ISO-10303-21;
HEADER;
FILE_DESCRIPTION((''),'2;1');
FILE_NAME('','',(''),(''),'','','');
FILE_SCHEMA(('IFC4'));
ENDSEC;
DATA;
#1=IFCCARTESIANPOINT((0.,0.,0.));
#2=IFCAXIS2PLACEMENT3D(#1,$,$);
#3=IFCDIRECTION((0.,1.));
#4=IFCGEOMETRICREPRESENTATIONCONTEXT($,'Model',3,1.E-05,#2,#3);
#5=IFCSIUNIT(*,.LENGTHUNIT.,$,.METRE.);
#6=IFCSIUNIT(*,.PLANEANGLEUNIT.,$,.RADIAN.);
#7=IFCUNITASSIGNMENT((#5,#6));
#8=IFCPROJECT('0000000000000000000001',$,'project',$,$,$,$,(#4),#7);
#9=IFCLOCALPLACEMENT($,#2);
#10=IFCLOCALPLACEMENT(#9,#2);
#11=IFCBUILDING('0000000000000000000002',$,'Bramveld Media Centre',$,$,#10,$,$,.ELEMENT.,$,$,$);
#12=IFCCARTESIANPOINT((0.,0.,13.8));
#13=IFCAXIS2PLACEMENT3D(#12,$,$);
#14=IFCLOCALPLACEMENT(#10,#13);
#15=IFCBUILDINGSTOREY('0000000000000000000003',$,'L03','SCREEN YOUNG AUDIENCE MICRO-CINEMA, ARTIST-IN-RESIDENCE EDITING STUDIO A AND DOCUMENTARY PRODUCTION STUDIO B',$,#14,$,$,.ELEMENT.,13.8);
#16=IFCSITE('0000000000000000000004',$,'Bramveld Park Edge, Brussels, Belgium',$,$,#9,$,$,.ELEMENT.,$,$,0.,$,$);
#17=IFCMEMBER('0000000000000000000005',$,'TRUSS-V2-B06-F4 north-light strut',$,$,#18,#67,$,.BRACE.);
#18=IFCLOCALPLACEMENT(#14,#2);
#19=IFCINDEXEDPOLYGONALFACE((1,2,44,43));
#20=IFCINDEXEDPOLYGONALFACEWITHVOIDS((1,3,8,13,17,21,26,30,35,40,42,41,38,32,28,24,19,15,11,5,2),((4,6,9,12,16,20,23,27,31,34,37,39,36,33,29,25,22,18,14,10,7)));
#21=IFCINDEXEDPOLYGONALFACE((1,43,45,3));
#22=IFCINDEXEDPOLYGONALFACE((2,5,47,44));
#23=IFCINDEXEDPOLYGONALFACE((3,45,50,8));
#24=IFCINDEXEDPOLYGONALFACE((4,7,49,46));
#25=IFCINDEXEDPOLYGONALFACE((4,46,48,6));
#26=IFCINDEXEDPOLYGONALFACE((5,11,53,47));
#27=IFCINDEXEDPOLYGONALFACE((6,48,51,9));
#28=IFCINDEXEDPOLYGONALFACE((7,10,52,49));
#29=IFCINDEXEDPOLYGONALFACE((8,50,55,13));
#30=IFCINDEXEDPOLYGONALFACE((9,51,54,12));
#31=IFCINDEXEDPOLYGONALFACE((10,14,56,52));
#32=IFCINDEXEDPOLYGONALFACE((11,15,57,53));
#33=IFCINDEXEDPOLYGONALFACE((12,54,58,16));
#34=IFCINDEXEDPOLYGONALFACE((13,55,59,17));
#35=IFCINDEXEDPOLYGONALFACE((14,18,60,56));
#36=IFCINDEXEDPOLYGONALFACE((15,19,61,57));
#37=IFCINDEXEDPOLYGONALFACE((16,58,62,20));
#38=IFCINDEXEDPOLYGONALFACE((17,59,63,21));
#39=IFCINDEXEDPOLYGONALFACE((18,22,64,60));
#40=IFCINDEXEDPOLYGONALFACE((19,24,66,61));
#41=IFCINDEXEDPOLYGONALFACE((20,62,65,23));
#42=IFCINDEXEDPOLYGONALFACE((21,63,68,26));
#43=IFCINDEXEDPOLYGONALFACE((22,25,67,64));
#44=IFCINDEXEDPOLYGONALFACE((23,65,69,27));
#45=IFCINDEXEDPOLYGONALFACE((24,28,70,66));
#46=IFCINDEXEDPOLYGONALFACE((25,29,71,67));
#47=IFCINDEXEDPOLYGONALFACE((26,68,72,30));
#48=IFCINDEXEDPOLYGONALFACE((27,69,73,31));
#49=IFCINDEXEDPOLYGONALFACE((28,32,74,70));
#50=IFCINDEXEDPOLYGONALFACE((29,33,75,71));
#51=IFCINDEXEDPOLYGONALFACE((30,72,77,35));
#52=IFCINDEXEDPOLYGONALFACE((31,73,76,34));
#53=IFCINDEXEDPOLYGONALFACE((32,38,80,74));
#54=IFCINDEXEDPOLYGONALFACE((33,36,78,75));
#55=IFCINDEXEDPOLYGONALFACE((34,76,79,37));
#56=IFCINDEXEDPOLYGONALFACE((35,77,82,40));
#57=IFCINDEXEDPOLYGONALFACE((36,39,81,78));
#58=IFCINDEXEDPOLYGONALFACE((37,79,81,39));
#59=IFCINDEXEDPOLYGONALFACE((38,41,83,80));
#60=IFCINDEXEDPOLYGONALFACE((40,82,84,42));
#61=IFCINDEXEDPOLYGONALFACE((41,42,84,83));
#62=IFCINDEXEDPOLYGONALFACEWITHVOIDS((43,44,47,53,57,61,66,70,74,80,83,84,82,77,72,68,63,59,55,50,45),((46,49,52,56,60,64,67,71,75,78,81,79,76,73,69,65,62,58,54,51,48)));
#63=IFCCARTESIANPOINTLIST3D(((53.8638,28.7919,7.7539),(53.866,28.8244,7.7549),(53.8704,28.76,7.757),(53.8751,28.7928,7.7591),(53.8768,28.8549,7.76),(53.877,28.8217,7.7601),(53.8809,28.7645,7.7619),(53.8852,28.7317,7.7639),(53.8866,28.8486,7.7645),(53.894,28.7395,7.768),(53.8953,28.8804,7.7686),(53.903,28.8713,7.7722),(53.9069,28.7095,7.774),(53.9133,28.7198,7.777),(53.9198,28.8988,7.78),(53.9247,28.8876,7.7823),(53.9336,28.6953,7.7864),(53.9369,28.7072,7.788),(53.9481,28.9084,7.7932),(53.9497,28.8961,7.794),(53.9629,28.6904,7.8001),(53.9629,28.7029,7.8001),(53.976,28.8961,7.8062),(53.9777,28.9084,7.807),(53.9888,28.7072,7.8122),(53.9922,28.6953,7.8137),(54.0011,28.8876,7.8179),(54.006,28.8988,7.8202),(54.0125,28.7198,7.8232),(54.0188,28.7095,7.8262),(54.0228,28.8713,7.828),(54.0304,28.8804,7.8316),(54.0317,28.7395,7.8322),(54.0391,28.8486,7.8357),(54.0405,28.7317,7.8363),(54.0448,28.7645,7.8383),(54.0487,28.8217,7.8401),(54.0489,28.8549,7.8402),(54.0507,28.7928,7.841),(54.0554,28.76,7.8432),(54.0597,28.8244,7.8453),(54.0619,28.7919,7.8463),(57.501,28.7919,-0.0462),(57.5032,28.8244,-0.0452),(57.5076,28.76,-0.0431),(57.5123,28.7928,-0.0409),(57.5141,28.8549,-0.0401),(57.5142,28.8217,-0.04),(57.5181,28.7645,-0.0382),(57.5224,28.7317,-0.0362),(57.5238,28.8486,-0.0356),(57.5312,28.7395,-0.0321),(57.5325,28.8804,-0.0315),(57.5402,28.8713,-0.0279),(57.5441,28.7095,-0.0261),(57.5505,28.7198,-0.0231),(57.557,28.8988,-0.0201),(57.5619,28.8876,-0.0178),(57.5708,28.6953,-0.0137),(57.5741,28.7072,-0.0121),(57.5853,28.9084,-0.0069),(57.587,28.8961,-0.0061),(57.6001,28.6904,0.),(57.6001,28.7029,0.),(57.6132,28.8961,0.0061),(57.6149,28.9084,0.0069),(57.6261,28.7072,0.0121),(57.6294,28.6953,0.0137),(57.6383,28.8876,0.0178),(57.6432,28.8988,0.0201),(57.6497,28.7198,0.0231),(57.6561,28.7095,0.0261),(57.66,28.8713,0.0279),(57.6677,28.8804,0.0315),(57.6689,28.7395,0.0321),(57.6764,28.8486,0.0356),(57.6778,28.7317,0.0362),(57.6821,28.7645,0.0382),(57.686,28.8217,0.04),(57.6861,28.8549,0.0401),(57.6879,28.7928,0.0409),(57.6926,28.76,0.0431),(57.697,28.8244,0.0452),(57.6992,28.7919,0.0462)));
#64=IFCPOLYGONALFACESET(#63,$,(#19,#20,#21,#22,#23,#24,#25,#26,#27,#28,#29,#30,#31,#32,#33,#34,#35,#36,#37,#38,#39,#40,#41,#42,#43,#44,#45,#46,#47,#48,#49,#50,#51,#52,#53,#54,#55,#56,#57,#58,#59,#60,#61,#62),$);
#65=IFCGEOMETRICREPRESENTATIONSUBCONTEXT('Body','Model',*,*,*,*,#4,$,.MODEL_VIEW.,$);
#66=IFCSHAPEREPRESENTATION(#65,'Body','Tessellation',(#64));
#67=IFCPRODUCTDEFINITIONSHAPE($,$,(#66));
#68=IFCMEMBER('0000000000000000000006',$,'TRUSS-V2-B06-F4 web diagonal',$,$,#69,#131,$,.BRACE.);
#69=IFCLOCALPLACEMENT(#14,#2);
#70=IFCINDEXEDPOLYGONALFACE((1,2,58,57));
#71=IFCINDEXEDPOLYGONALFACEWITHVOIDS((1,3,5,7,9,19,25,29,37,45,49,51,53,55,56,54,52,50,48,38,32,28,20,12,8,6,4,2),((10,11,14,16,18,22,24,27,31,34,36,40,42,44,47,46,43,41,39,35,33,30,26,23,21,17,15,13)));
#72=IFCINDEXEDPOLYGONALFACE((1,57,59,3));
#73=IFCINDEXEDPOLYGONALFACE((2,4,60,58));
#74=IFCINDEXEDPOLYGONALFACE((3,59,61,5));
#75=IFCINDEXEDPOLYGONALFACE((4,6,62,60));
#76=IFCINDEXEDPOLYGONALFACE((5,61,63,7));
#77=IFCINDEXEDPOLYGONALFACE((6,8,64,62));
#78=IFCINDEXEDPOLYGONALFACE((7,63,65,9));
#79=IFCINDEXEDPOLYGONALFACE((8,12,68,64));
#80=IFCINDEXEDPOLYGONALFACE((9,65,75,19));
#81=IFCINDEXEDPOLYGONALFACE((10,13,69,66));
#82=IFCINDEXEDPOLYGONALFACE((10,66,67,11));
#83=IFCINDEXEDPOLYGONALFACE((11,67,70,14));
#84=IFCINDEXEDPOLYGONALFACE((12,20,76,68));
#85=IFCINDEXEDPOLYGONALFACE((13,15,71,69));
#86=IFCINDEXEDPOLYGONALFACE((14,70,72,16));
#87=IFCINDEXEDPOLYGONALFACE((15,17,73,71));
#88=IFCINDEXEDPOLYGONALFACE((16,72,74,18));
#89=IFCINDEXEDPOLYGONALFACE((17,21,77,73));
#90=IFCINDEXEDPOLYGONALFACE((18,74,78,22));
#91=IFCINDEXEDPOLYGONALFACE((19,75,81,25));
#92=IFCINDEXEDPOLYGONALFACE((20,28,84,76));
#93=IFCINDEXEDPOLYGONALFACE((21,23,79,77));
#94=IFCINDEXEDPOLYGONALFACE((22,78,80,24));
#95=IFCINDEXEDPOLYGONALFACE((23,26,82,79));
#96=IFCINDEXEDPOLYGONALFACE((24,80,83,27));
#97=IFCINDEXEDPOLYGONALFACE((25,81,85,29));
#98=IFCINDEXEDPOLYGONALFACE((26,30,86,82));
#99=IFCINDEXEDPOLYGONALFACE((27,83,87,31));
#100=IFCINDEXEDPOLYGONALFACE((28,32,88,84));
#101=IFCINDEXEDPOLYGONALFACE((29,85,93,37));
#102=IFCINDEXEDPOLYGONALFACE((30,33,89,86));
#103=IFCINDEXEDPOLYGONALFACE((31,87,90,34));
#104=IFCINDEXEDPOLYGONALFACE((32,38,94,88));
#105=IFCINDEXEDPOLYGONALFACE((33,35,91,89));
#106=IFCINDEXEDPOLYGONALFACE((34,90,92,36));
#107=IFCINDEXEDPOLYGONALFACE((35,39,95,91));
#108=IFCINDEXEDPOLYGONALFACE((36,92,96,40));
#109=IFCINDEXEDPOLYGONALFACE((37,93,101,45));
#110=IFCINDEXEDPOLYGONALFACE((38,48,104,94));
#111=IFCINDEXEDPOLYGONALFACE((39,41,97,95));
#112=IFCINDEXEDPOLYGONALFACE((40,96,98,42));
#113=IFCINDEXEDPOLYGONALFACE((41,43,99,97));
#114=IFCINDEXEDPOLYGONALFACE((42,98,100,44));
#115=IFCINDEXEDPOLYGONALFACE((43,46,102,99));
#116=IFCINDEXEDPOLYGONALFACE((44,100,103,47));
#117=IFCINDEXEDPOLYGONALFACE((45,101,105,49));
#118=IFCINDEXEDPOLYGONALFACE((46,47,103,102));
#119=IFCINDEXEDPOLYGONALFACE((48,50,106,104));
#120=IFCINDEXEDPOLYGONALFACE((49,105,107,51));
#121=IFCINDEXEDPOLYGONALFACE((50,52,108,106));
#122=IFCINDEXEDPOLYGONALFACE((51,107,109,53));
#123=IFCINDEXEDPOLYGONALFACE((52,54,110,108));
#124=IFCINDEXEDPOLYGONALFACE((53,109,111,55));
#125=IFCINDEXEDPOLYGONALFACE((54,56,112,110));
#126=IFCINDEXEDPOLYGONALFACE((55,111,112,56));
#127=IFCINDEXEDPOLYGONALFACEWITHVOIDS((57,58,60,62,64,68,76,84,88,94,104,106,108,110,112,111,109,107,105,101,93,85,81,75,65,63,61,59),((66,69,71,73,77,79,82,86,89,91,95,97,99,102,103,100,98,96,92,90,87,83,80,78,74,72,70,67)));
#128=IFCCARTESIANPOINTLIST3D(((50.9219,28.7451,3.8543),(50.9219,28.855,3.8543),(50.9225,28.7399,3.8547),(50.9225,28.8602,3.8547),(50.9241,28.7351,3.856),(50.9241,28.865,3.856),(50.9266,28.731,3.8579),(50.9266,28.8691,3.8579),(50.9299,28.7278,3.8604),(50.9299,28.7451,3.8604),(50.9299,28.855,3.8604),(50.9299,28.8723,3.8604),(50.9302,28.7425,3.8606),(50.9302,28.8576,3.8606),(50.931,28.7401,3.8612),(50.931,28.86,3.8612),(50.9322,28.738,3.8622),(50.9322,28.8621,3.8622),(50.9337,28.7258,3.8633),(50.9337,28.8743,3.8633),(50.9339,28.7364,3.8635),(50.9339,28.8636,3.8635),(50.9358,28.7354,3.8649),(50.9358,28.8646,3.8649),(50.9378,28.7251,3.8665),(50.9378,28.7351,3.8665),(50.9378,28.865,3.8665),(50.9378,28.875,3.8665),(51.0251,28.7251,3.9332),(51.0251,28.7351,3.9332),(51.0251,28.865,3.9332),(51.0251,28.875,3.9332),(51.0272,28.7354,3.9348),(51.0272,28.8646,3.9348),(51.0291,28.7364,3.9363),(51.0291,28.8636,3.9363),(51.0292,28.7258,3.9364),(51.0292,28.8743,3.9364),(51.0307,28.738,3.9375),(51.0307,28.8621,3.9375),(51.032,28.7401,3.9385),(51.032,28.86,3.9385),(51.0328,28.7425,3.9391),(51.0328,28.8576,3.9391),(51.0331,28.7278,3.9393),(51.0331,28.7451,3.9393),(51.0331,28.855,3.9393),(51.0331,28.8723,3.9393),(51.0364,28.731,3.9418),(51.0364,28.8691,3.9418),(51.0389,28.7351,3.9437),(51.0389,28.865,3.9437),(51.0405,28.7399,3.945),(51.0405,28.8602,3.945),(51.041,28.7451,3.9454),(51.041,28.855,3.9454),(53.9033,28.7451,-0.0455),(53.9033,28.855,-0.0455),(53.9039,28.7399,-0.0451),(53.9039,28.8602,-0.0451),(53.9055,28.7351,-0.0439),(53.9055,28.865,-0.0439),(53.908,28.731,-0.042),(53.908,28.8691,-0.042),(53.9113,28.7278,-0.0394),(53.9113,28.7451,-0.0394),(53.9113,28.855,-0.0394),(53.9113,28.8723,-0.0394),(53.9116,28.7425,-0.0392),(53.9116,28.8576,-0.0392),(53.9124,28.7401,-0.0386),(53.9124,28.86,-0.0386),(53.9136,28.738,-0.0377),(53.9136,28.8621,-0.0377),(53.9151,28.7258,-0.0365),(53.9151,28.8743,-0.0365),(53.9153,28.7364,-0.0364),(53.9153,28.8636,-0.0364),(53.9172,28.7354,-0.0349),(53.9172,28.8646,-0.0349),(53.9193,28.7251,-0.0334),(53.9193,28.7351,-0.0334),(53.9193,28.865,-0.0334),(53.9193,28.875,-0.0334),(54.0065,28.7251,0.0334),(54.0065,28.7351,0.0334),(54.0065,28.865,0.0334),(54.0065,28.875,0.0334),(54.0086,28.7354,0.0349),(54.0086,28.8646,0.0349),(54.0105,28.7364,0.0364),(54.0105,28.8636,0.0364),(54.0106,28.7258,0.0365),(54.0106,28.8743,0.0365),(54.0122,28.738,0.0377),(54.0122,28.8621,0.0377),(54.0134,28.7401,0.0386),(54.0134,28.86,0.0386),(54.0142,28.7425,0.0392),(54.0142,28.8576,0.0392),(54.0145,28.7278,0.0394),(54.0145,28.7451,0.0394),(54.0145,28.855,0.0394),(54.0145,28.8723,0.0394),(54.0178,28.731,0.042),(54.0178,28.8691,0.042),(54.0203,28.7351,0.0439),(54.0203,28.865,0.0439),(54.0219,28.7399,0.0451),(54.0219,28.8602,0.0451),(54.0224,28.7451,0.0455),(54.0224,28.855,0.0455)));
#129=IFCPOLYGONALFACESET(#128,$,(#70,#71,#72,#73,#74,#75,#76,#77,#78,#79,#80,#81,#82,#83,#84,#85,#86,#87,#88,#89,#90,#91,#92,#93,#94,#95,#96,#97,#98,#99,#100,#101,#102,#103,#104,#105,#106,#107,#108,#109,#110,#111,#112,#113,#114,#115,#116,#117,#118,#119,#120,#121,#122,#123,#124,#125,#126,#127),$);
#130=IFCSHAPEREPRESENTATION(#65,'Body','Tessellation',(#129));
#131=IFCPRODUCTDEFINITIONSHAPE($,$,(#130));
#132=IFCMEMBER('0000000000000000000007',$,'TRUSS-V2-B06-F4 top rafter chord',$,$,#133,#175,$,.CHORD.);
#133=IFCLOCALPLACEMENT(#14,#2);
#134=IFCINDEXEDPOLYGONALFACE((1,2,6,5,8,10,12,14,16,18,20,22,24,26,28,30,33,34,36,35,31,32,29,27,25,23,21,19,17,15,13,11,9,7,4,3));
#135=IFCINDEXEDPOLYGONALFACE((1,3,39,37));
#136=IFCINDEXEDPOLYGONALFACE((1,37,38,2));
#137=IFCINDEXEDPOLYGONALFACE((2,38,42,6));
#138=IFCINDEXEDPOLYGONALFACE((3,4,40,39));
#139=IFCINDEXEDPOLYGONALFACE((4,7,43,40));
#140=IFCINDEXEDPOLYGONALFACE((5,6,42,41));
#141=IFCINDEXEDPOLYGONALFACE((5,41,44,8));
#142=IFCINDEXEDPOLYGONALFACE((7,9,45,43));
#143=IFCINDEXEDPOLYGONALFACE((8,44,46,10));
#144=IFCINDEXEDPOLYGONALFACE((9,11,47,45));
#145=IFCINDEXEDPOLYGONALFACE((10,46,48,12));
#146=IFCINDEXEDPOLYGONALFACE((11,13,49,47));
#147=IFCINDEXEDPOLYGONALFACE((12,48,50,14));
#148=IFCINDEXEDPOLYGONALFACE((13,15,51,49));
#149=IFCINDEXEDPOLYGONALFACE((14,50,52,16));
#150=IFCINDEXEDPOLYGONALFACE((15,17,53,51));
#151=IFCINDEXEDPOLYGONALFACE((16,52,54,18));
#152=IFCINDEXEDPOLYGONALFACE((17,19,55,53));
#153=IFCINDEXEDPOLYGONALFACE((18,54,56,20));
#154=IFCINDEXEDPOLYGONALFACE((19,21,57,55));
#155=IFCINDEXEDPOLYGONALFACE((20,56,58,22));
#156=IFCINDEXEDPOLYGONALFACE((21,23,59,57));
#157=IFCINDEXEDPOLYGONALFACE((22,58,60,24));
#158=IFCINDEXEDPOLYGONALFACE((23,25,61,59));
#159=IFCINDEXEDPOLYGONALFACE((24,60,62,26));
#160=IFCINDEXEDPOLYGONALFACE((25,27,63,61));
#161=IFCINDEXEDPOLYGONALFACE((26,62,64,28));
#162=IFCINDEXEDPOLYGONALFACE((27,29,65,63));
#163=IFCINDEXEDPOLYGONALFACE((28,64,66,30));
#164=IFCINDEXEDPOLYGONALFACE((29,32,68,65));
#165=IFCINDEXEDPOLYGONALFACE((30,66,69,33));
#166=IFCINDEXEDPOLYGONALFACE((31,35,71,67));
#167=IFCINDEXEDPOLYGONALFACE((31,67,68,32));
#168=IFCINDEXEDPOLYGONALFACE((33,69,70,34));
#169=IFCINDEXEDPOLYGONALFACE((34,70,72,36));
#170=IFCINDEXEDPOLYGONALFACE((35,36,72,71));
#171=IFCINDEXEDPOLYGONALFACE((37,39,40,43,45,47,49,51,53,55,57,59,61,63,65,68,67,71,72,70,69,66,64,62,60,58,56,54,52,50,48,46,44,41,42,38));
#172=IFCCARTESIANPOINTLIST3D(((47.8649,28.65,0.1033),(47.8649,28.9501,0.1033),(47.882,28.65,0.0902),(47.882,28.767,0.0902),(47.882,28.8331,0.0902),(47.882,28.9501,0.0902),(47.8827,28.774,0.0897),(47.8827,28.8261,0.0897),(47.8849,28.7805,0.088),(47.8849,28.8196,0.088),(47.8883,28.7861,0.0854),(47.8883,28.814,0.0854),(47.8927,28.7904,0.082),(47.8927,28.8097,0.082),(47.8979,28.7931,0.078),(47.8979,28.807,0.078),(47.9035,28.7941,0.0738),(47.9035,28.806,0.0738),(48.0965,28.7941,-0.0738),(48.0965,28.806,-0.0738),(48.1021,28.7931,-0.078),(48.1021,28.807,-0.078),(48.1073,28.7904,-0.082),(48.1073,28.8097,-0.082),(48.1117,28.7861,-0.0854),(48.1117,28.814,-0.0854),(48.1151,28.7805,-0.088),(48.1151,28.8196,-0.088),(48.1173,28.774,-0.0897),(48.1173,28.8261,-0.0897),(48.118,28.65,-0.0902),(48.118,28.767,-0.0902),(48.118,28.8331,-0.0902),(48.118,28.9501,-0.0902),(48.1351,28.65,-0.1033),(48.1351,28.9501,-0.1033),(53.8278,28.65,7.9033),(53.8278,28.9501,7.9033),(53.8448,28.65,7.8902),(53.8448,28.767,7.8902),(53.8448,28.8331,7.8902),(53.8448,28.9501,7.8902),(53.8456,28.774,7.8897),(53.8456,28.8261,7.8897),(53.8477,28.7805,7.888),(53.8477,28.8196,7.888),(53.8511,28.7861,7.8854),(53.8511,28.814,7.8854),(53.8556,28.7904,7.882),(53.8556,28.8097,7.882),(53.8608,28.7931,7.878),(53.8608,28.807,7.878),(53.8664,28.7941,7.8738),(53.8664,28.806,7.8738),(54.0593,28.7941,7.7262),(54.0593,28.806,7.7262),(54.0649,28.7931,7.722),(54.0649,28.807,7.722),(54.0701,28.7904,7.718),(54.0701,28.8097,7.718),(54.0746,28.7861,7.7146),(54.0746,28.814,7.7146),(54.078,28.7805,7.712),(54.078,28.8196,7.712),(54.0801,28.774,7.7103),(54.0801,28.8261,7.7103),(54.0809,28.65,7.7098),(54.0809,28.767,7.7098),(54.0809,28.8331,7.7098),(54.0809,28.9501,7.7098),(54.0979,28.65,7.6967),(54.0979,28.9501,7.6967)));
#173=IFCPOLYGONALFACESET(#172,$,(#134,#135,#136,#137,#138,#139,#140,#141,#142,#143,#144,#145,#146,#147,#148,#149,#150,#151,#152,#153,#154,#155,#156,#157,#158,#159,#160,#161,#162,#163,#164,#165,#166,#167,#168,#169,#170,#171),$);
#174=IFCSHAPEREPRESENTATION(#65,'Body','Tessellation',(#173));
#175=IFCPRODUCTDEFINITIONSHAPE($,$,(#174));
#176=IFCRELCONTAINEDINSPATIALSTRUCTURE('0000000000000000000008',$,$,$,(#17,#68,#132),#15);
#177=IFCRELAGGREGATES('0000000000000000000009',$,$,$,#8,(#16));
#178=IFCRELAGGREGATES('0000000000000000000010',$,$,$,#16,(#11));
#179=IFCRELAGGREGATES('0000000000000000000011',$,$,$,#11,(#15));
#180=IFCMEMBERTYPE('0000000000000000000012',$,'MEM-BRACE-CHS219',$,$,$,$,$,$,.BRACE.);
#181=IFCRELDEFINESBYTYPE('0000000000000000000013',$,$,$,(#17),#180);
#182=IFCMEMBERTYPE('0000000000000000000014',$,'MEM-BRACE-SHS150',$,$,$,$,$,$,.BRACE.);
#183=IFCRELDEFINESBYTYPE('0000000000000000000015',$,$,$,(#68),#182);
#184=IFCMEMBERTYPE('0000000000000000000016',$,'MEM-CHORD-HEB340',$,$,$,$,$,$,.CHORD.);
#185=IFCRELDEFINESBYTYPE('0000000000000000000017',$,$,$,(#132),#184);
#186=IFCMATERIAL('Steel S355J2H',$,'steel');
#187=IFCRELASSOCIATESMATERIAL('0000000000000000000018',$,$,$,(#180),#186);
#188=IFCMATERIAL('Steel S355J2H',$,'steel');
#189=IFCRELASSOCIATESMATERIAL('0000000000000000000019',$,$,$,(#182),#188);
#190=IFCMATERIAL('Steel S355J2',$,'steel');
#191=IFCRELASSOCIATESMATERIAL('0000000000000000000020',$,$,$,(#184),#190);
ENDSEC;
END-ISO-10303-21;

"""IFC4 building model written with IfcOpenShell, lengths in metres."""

from ifc_helpers import new_model, si_unit, direction, frame, origin, origin_2d, place, context, subcontext, project, spatial, hollow_rectangle, hollow_circle, i_section, extrude, material, material_profile, profile_set, type_object, element, save


model = new_model("IFC4")

# Units and contexts
model_context = context("Model", 3, precision=1e-05, world=origin(), true_north=direction((0.0, 1.0)))
body_context = subcontext(model_context, "Body", "Model", "MODEL_VIEW")
ifc_project = project(units=[si_unit("LENGTHUNIT", "METRE"), si_unit("PLANEANGLEUNIT", "RADIAN")], contexts=[model_context])

# Site, building, storey
site_placement = place(None, origin())
site = spatial("IfcSite", under=ifc_project, at=site_placement, Name="Bramveld Park Edge, Brussels, Belgium", CompositionType="ELEMENT", RefElevation=0.0)
building_placement = place(site_placement, origin())
building = spatial("IfcBuilding", under=site, at=building_placement, Name="Bramveld Media Centre", CompositionType="ELEMENT")
storey_placement = place(building_placement, frame((0.0, 0.0, 13.8)))
storey = spatial("IfcBuildingStorey", under=building, at=storey_placement, Name="L03", Description="SCREEN YOUNG AUDIENCE MICRO-CINEMA, ARTIST-IN-RESIDENCE EDITING STUDIO A AND DOCUMENTARY PRODUCTION STUDIO B", CompositionType="ELEMENT", Elevation=13.8)

# Members
ifc_material_1 = material(Name="Steel S355J2H", Category="steel")
ifc_material_profile_1 = material_profile(ifc_material_1, hollow_circle(Radius=0.1096, WallThickness=0.0125, at=origin_2d()), Name="CHS 219.1x12.5")
ifc_profile_set_1 = profile_set([ifc_material_profile_1], Name="Steel S355J2H")
member_type_1 = type_object("IfcMemberType", Name="MEM-BRACE-CHS219", PredefinedType="BRACE", material=ifc_profile_set_1)
for number, where, z_axis, x_axis, name in (
    (1, (57.6001, 28.8, 0.0), (-0.422617, 0.0, 0.906308), (0.0, -1.0, 0.0), "TRUSS-V2-B06-F4 north-light strut"),
):
    element("IfcMember", number, at=place(storey_placement, frame(where, z_axis=z_axis, x_axis=x_axis)), inside=storey, type_object=member_type_1, Name=name, PredefinedType="BRACE", context=body_context, shape_type="SweptSolid", body=[
        extrude(hollow_circle(Radius=0.1096, WallThickness=0.0125, at=origin_2d()), origin(), (0.0, 0.0, 1.0), 8.6064),
    ])
ifc_material_2 = material(Name="Steel S355J2H", Category="steel")
ifc_material_profile_2 = material_profile(ifc_material_2, hollow_rectangle(XDim=0.1499, YDim=0.1499, WallThickness=0.01, InnerFilletRadius=0.01, OuterFilletRadius=0.02, at=origin_2d()), Name="SHS 150x150x10")
ifc_profile_set_2 = profile_set([ifc_material_profile_2], Name="Steel S355J2H")
member_type_2 = type_object("IfcMemberType", Name="MEM-BRACE-SHS150", PredefinedType="BRACE", material=ifc_profile_set_2)
member_1_placement = place(storey_placement, frame((53.9629, 28.8, 0.0), z_axis=(-0.607343, 0.0, 0.79444), x_axis=(0.0, -1.0, 0.0)))
element("IfcMember", 2, at=member_1_placement, inside=storey, type_object=member_type_2, Name="TRUSS-V2-B06-F4 web diagonal", PredefinedType="BRACE", context=body_context, shape_type="SweptSolid", body=[
    extrude(hollow_rectangle(XDim=0.1499, YDim=0.1499, WallThickness=0.01, InnerFilletRadius=0.01, OuterFilletRadius=0.02, at=origin_2d()), origin(), (0.0, 0.0, 1.0), 4.9089),
])
ifc_material_3 = material(Name="Steel S355J2", Category="steel")
ifc_material_profile_3 = material_profile(ifc_material_3, i_section(OverallWidth=0.3, OverallDepth=0.3401, WebThickness=0.012, FlangeThickness=0.0215, FilletRadius=0.0271, at=origin_2d()), Name="HEB 340")
ifc_profile_set_3 = profile_set([ifc_material_profile_3], Name="Steel S355J2")
member_type_3 = type_object("IfcMemberType", Name="MEM-CHORD-HEB340", PredefinedType="CHORD", material=ifc_profile_set_3)
member_2_placement = place(storey_placement, frame((48.0, 28.8, 0.0), z_axis=(0.607331, 0.0, 0.794449), x_axis=(0.0, 1.0, 0.0)))
element("IfcMember", 3, at=member_2_placement, inside=storey, type_object=member_type_3, Name="TRUSS-V2-B06-F4 top rafter chord", PredefinedType="CHORD", context=body_context, shape_type="SweptSolid", body=[
    extrude(i_section(OverallWidth=0.3, OverallDepth=0.3401, WebThickness=0.012, FlangeThickness=0.0215, FilletRadius=0.0271, at=origin_2d()), origin(), (0.0, 0.0, 1.0), 9.8181),
])

save(model, "model.ifc")
